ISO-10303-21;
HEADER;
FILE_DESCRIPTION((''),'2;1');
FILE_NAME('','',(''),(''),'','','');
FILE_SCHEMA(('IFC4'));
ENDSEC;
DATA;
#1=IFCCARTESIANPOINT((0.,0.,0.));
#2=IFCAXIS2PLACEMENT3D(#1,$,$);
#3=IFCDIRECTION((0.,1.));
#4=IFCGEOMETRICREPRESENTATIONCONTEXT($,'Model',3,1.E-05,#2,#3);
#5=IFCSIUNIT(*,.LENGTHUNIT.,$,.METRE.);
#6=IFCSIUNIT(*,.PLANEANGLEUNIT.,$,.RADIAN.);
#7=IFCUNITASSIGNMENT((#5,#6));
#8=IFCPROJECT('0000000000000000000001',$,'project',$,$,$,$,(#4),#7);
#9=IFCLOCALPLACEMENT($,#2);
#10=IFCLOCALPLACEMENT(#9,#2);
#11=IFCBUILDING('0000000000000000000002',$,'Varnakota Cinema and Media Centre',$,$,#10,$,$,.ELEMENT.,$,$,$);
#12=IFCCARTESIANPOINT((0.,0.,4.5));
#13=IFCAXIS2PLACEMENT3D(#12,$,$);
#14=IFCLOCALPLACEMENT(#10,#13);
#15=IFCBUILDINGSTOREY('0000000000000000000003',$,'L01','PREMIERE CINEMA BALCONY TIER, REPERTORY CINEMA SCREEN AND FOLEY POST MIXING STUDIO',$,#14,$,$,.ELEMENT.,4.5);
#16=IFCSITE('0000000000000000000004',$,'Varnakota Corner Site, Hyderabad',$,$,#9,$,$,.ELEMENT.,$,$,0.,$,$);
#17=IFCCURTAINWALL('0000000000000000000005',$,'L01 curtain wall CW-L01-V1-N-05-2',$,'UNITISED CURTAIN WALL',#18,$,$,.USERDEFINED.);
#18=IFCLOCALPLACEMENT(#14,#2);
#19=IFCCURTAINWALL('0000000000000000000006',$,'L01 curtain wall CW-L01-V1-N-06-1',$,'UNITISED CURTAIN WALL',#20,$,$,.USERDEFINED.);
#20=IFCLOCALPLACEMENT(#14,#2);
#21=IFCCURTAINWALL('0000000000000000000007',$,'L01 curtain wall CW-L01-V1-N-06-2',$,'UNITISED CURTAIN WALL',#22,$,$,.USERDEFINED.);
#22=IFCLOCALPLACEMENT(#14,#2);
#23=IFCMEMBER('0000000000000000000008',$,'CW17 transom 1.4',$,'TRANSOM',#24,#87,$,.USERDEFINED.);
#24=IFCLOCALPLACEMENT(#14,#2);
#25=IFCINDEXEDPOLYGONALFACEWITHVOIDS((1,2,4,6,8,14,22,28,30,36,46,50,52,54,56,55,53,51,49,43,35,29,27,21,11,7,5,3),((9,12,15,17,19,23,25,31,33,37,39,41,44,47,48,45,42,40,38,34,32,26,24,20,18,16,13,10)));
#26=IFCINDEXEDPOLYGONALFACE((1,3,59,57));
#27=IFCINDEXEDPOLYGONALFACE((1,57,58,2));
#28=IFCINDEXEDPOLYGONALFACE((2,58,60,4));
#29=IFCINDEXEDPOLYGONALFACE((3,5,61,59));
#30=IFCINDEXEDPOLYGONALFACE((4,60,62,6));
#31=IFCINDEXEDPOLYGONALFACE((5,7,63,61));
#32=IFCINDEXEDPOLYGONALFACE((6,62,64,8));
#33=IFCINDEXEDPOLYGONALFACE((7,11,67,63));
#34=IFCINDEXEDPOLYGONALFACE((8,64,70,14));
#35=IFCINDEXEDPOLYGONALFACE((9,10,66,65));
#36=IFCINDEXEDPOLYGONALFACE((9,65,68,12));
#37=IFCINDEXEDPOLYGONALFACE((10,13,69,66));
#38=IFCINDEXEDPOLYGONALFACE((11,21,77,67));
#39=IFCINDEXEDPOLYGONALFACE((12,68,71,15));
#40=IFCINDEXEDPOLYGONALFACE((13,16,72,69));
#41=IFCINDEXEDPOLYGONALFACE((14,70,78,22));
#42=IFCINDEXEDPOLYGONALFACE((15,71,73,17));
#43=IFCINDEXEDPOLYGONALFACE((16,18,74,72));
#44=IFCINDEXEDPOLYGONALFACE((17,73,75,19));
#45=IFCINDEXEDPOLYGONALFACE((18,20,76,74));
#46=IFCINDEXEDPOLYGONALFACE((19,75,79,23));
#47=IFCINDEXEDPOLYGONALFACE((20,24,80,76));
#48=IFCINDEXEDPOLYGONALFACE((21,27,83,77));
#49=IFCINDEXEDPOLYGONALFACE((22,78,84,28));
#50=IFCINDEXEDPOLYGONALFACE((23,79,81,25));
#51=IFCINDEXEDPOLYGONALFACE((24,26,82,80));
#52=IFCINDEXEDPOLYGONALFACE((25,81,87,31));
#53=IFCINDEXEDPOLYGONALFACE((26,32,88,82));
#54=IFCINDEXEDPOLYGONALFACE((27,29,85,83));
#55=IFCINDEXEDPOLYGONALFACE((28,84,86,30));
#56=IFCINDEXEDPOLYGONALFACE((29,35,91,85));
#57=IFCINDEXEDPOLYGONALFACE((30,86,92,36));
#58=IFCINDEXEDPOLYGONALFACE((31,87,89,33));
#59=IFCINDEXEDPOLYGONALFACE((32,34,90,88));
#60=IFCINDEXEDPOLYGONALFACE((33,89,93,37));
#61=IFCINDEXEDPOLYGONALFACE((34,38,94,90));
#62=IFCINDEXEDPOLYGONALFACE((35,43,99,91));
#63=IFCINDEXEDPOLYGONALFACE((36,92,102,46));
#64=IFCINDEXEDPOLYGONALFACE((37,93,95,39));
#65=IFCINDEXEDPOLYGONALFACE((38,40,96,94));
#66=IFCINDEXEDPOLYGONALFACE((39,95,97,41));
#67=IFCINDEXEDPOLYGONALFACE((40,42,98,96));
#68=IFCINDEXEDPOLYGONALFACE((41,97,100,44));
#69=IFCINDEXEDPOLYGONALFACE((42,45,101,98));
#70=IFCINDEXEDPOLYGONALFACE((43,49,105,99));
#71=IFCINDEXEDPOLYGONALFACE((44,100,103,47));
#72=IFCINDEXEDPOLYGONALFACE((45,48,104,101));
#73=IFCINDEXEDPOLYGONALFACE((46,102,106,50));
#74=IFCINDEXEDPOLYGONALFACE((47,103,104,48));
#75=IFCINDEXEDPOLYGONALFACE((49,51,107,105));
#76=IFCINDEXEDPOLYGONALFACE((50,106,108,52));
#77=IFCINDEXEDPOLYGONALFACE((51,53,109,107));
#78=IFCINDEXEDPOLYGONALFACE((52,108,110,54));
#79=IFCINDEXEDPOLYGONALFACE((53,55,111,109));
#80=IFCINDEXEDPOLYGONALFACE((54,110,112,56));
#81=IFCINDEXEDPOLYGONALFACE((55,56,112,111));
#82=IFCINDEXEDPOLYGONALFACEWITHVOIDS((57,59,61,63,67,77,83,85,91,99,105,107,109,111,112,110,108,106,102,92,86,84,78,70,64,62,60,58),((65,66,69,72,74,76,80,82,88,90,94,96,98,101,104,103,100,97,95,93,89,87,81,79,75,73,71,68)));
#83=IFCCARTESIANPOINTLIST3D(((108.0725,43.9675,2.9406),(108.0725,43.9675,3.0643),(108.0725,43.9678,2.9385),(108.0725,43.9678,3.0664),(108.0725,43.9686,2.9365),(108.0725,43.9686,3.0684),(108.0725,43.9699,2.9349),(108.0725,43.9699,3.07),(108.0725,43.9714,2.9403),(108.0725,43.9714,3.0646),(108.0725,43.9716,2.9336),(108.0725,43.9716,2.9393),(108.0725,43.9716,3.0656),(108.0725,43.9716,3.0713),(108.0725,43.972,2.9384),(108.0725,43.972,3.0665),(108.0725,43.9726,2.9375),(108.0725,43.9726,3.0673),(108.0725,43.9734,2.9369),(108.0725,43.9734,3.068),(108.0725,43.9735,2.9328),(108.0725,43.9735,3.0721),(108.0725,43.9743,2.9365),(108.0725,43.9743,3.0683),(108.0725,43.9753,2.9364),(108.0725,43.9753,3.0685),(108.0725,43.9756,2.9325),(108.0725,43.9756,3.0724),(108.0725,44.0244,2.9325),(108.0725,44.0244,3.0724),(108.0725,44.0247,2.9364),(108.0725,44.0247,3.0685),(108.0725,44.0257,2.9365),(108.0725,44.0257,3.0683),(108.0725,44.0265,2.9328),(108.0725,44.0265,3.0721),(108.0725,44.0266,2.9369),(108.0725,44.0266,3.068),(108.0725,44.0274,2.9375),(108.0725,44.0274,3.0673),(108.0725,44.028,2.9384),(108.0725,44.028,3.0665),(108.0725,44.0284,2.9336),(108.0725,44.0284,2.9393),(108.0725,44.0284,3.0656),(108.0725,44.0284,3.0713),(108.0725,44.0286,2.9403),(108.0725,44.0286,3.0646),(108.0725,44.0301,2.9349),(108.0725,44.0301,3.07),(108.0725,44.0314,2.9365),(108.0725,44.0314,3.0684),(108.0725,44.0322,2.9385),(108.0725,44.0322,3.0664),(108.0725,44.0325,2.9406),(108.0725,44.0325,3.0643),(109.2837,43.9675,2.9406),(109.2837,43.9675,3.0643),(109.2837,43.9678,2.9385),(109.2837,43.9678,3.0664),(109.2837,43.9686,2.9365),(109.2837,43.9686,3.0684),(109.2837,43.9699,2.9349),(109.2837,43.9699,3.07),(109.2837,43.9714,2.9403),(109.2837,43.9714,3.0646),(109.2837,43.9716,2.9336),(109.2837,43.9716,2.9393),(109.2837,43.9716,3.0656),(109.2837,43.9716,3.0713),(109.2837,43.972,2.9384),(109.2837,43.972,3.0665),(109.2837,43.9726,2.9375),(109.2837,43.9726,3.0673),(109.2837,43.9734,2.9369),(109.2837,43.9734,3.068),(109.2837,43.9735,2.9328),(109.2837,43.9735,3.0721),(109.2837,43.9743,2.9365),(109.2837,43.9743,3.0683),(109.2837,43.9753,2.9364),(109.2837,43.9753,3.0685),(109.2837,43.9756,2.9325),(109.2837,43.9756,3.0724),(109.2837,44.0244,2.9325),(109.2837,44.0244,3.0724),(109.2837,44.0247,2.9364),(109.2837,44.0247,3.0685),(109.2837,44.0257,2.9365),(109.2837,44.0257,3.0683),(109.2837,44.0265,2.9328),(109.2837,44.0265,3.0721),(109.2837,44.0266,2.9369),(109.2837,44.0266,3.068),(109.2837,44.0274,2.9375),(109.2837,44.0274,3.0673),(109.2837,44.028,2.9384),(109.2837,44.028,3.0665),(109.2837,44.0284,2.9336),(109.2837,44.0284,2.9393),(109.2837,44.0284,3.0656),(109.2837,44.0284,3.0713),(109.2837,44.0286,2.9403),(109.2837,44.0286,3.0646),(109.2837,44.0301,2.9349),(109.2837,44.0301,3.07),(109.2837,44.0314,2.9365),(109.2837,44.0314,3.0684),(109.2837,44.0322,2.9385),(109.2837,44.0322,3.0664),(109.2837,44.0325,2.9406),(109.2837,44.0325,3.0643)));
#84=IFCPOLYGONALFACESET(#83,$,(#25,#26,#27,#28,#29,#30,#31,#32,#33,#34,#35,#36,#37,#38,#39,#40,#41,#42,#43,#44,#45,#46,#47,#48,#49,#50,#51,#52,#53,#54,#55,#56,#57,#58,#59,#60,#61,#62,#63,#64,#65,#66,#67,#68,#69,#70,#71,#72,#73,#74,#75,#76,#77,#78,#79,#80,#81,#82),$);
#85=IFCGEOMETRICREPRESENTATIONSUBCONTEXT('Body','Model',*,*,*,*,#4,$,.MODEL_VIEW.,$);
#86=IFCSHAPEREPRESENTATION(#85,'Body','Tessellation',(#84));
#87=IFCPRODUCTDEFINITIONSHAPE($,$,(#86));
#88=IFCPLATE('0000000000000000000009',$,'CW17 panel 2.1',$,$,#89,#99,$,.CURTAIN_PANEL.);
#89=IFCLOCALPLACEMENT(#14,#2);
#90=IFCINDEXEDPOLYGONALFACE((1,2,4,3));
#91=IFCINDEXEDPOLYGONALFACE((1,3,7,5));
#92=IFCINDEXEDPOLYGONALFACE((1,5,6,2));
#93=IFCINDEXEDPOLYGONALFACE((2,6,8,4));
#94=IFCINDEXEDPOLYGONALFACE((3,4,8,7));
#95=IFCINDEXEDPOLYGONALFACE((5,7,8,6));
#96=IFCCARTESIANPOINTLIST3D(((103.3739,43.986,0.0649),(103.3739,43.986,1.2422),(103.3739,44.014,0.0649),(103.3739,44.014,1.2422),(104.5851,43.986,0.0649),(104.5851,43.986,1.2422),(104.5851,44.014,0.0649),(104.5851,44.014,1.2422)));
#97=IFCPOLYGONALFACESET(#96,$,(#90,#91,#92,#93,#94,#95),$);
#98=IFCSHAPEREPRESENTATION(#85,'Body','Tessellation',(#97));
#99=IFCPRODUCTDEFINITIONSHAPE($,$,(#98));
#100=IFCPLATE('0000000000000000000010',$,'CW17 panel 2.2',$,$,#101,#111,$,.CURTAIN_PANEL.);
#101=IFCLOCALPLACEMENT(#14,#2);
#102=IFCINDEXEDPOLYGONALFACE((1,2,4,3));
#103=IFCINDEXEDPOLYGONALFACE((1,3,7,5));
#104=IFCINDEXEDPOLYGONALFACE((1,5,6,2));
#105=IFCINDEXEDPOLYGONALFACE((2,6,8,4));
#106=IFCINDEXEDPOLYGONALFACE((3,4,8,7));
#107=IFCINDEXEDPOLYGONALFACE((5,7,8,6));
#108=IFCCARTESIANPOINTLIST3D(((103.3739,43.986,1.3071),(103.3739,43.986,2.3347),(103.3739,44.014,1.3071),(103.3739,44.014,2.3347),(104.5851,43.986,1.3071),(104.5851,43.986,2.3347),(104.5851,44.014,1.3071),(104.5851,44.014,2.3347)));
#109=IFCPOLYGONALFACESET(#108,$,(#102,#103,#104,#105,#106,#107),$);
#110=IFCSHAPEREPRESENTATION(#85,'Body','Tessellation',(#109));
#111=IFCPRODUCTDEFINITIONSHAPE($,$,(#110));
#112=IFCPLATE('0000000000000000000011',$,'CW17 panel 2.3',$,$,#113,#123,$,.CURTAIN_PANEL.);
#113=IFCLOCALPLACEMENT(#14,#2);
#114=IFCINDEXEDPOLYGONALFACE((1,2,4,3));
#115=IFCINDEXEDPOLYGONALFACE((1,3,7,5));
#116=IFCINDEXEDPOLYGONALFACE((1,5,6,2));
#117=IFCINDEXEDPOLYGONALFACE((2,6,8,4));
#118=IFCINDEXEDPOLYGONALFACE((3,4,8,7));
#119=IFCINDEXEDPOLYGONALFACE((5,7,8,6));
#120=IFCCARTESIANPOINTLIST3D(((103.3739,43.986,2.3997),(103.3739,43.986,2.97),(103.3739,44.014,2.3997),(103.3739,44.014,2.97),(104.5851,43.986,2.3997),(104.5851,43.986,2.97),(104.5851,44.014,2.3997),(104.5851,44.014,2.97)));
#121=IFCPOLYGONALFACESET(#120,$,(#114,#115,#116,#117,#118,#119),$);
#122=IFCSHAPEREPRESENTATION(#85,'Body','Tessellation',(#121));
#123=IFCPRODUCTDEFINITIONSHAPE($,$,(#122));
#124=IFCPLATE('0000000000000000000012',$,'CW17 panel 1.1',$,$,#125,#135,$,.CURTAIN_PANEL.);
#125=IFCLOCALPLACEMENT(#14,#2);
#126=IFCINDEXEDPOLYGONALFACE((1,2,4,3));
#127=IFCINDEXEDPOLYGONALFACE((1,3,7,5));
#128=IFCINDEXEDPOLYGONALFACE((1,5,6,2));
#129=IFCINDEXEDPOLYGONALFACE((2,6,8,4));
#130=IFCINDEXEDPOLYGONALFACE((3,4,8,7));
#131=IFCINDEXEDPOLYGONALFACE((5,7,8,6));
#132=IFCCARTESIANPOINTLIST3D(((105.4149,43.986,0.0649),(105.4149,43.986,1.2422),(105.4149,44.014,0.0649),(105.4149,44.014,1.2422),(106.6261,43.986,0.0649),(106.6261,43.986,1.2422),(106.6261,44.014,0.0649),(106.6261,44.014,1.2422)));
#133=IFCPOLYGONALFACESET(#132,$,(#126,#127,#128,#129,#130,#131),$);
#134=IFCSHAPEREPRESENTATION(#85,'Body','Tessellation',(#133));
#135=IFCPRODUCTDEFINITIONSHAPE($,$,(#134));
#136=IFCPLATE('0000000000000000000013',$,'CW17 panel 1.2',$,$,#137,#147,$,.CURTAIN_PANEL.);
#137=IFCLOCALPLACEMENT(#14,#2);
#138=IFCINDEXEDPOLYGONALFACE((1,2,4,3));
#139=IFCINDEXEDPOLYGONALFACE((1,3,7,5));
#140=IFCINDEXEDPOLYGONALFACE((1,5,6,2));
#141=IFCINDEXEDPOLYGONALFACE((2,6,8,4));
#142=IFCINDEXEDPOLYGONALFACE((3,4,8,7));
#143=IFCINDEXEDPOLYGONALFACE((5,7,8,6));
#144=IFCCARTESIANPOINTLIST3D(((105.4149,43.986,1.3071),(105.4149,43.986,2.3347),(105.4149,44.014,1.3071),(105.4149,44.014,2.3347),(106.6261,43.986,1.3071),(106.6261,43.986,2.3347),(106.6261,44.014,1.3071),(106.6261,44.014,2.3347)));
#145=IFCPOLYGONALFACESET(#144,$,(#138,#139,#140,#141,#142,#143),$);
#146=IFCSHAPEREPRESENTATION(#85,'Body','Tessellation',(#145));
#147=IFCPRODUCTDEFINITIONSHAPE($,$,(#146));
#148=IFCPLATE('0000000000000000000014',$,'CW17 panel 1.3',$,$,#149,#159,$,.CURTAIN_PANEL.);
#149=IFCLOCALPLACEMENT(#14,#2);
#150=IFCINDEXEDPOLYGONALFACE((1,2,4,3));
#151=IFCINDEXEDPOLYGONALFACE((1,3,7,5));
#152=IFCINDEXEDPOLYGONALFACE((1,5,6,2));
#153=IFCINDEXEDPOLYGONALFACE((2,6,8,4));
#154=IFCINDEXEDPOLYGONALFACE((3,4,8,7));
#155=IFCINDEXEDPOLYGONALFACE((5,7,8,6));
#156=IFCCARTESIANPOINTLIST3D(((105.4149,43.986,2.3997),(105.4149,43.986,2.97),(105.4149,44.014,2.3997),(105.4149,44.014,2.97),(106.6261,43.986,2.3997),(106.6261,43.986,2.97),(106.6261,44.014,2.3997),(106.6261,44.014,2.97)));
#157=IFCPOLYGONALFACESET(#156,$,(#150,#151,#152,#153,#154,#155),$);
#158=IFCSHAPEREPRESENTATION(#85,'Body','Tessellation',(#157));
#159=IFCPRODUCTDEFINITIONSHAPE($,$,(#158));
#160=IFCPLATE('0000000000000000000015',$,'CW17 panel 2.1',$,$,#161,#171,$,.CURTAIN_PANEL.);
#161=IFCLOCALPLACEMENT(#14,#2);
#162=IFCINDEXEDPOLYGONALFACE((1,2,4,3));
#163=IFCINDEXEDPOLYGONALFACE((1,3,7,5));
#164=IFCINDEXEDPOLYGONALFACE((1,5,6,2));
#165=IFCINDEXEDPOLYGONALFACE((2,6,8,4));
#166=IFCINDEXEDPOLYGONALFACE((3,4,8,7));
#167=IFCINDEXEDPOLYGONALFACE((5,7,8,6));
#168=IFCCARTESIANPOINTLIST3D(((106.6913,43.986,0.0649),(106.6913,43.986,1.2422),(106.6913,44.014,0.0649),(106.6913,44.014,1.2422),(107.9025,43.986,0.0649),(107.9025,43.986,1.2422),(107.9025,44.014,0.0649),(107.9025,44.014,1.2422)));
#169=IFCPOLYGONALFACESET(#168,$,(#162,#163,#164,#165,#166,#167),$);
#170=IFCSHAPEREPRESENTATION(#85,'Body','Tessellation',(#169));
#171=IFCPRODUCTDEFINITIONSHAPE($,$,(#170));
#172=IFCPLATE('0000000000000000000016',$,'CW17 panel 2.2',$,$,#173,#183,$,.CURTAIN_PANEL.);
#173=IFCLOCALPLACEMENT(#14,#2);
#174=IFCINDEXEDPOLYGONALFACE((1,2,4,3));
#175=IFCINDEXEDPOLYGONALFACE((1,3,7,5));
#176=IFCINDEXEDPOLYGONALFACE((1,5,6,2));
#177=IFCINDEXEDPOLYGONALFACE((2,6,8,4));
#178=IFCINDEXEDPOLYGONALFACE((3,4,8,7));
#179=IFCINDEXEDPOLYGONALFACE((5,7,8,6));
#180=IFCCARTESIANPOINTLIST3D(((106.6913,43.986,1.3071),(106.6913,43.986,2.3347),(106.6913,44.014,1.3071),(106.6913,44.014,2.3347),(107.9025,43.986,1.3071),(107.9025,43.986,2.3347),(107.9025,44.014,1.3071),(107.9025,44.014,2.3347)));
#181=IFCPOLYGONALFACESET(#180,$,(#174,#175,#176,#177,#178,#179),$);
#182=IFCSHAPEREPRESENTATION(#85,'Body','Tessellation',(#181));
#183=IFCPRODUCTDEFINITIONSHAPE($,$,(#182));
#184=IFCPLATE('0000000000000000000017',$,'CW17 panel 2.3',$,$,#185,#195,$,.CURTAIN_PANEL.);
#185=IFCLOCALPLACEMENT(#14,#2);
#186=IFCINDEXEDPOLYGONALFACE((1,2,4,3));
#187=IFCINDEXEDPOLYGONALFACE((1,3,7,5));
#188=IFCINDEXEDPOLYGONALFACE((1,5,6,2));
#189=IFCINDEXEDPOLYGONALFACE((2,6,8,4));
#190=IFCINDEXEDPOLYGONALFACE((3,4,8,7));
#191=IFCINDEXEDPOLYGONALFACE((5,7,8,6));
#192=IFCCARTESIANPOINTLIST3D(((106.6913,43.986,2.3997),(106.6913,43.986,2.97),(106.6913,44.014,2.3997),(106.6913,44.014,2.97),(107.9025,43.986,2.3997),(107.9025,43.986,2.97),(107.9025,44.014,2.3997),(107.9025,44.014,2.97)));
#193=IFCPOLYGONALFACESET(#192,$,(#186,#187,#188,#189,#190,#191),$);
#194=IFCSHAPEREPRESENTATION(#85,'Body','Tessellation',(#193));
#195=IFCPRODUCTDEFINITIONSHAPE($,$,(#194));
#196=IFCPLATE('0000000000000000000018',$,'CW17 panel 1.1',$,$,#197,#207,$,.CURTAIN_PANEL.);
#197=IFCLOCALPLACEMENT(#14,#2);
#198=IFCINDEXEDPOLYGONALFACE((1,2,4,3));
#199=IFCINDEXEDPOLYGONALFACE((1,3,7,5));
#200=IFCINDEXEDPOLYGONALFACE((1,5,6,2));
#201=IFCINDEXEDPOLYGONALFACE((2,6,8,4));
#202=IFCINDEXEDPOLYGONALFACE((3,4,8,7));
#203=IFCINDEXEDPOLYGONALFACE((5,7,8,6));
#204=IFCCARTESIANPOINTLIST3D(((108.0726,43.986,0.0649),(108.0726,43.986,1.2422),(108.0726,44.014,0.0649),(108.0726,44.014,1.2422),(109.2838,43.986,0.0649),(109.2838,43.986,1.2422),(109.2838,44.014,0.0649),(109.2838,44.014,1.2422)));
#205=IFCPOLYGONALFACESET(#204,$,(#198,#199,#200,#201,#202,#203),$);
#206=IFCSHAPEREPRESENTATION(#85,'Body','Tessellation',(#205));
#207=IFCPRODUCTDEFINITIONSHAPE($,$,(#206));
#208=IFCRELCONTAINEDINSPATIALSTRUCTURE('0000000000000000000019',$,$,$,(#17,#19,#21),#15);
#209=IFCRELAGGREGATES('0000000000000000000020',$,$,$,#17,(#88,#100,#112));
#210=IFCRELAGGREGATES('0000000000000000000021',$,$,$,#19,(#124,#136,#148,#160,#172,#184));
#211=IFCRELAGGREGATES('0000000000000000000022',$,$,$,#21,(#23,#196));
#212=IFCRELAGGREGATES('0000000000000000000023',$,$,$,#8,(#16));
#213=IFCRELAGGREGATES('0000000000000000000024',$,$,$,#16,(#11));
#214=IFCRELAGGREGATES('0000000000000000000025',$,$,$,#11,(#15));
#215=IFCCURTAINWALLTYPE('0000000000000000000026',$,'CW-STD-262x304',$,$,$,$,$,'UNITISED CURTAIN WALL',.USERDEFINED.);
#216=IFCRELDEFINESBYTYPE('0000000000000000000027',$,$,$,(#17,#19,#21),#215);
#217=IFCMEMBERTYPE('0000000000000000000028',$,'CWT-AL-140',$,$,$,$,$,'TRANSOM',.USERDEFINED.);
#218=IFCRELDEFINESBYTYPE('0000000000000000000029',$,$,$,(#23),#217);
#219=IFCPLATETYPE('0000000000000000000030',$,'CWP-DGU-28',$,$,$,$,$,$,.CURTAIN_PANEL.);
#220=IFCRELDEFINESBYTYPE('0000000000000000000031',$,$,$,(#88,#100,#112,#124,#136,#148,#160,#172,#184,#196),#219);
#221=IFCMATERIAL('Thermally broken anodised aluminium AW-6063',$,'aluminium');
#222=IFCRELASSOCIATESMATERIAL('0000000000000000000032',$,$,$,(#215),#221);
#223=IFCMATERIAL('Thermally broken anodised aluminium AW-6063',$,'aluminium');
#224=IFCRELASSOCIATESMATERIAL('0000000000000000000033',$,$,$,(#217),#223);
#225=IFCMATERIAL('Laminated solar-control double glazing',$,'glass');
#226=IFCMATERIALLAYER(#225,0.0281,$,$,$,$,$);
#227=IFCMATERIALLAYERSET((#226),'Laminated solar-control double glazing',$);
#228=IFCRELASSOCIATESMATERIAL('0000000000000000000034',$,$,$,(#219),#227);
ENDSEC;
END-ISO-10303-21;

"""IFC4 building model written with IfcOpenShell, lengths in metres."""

from ifc_helpers import new_model, si_unit, direction, frame, origin, origin_2d, place, context, subcontext, project, spatial, rectangle, hollow_rectangle, extrude, material, layer, layer_set, material_profile, profile_set, type_object, element, aggregate, save


model = new_model("IFC4")

# Units and contexts
model_context = context("Model", 3, precision=1e-05, world=origin(), true_north=direction((0.0, 1.0)))
body_context = subcontext(model_context, "Body", "Model", "MODEL_VIEW")
ifc_project = project(units=[si_unit("LENGTHUNIT", "METRE"), si_unit("PLANEANGLEUNIT", "RADIAN")], contexts=[model_context])

# Site, building, storey
site_placement = place(None, origin())
site = spatial("IfcSite", under=ifc_project, at=site_placement, Name="Varnakota Corner Site, Hyderabad", CompositionType="ELEMENT", RefElevation=0.0)
building_placement = place(site_placement, origin())
building = spatial("IfcBuilding", under=site, at=building_placement, Name="Varnakota Cinema and Media Centre", CompositionType="ELEMENT")
storey_placement = place(building_placement, frame((0.0, 0.0, 4.5)))
storey = spatial("IfcBuildingStorey", under=building, at=storey_placement, Name="L01", Description="PREMIERE CINEMA BALCONY TIER, REPERTORY CINEMA SCREEN AND FOLEY POST MIXING STUDIO", CompositionType="ELEMENT", Elevation=4.5)

# Curtain wall
ifc_material_1 = material(Name="Thermally broken anodised aluminium AW-6063", Category="aluminium")
curtain_wall_type = type_object("IfcCurtainWallType", Name="CW-STD-262x304", ElementType="UNITISED CURTAIN WALL", PredefinedType="USERDEFINED", material=ifc_material_1)
curtain_wall_1_placement = place(storey_placement, origin())
curtain_wall_1 = element("IfcCurtainWall", 1, at=curtain_wall_1_placement, inside=storey, type_object=curtain_wall_type, Name="L01 curtain wall CW-L01-V1-N-05-2", ObjectType="UNITISED CURTAIN WALL", PredefinedType="USERDEFINED")

# Curtain wall
curtain_wall_2_placement = place(storey_placement, origin())
curtain_wall_2 = element("IfcCurtainWall", 2, at=curtain_wall_2_placement, inside=storey, type_object=curtain_wall_type, Name="L01 curtain wall CW-L01-V1-N-06-1", ObjectType="UNITISED CURTAIN WALL", PredefinedType="USERDEFINED")

# Curtain wall
curtain_wall_3_placement = place(storey_placement, origin())
curtain_wall_3 = element("IfcCurtainWall", 3, at=curtain_wall_3_placement, inside=storey, type_object=curtain_wall_type, Name="L01 curtain wall CW-L01-V1-N-06-2", ObjectType="UNITISED CURTAIN WALL", PredefinedType="USERDEFINED")

# Member
ifc_material_2 = material(Name="Thermally broken anodised aluminium AW-6063", Category="aluminium")
ifc_material_profile_1 = material_profile(ifc_material_2, hollow_rectangle(XDim=0.0649, YDim=0.1399, WallThickness=0.0039, InnerFilletRadius=0.0039, OuterFilletRadius=0.0081, at=origin_2d()), Name="AL-TRANSOM 140x65x4")
ifc_profile_set_1 = profile_set([ifc_material_profile_1], Name="Thermally broken anodised aluminium AW-6063")
member_type_1 = type_object("IfcMemberType", Name="CWT-AL-140", ElementType="TRANSOM", PredefinedType="USERDEFINED", material=ifc_profile_set_1)
member_1_placement = place(storey_placement, frame((108.0725, 44.0, 3.0024), z_axis=(1.0, 0.0, 0.0), x_axis=(0.0, 1.0, 0.0)))
member_1 = element("IfcMember", 4, at=member_1_placement, type_object=member_type_1, Name="CW17 transom 1.4", ObjectType="TRANSOM", PredefinedType="USERDEFINED", context=body_context, shape_type="SweptSolid", body=[
    extrude(hollow_rectangle(XDim=0.0649, YDim=0.1399, WallThickness=0.0039, InnerFilletRadius=0.0039, OuterFilletRadius=0.0081, at=origin_2d()), origin(), (0.0, 0.0, 1.0), 1.2112),
])

# Plates
ifc_material_3 = material(Name="Laminated solar-control double glazing", Category="glass")
ifc_layer = layer(ifc_material_3, 0.0281)
ifc_layer_set = layer_set([ifc_layer], Name="Laminated solar-control double glazing")
plate_type = type_object("IfcPlateType", Name="CWP-DGU-28", PredefinedType="CURTAIN_PANEL", material=ifc_layer_set)
plate_1_placement = place(storey_placement, frame((103.9795, 44.0, 0.0649), z_axis=(0.0, 0.0, 1.0), x_axis=(1.0, 0.0, 0.0)))
plate_1 = element("IfcPlate", 5, at=plate_1_placement, type_object=plate_type, Name="CW17 panel 2.1", PredefinedType="CURTAIN_PANEL", context=body_context, shape_type="SweptSolid", body=[
    extrude(rectangle(XDim=1.2112, YDim=0.0281, at=origin_2d()), origin(), (0.0, 0.0, 1.0), 1.1772),
])
plate_2_placement = place(storey_placement, frame((103.9795, 44.0, 1.3071), z_axis=(0.0, 0.0, 1.0), x_axis=(1.0, 0.0, 0.0)))
plate_2 = element("IfcPlate", 6, at=plate_2_placement, type_object=plate_type, Name="CW17 panel 2.2", PredefinedType="CURTAIN_PANEL", context=body_context, shape_type="SweptSolid", body=[
    extrude(rectangle(XDim=1.2112, YDim=0.0281, at=origin_2d()), origin(), (0.0, 0.0, 1.0), 1.0276),
])
plate_3_placement = place(storey_placement, frame((103.9795, 44.0, 2.3997), z_axis=(0.0, 0.0, 1.0), x_axis=(1.0, 0.0, 0.0)))
plate_3 = element("IfcPlate", 7, at=plate_3_placement, type_object=plate_type, Name="CW17 panel 2.3", PredefinedType="CURTAIN_PANEL", context=body_context, shape_type="SweptSolid", body=[
    extrude(rectangle(XDim=1.2112, YDim=0.0281, at=origin_2d()), origin(), (0.0, 0.0, 1.0), 0.5703),
])
aggregate(curtain_wall_1, [plate_1, plate_2, plate_3])
plate_4_placement = place(storey_placement, frame((106.0205, 44.0, 0.0649), z_axis=(0.0, 0.0, 1.0), x_axis=(1.0, 0.0, 0.0)))
plate_4 = element("IfcPlate", 8, at=plate_4_placement, type_object=plate_type, Name="CW17 panel 1.1", PredefinedType="CURTAIN_PANEL", context=body_context, shape_type="SweptSolid", body=[
    extrude(rectangle(XDim=1.2112, YDim=0.0281, at=origin_2d()), origin(), (0.0, 0.0, 1.0), 1.1772),
])
plate_5_placement = place(storey_placement, frame((106.0205, 44.0, 1.3071), z_axis=(0.0, 0.0, 1.0), x_axis=(1.0, 0.0, 0.0)))
plate_5 = element("IfcPlate", 9, at=plate_5_placement, type_object=plate_type, Name="CW17 panel 1.2", PredefinedType="CURTAIN_PANEL", context=body_context, shape_type="SweptSolid", body=[
    extrude(rectangle(XDim=1.2112, YDim=0.0281, at=origin_2d()), origin(), (0.0, 0.0, 1.0), 1.0276),
])
plate_6_placement = place(storey_placement, frame((106.0205, 44.0, 2.3997), z_axis=(0.0, 0.0, 1.0), x_axis=(1.0, 0.0, 0.0)))
plate_6 = element("IfcPlate", 10, at=plate_6_placement, type_object=plate_type, Name="CW17 panel 1.3", PredefinedType="CURTAIN_PANEL", context=body_context, shape_type="SweptSolid", body=[
    extrude(rectangle(XDim=1.2112, YDim=0.0281, at=origin_2d()), origin(), (0.0, 0.0, 1.0), 0.5703),
])
plate_7_placement = place(storey_placement, frame((107.2969, 44.0, 0.0649), z_axis=(0.0, 0.0, 1.0), x_axis=(1.0, 0.0, 0.0)))
plate_7 = element("IfcPlate", 11, at=plate_7_placement, type_object=plate_type, Name="CW17 panel 2.1", PredefinedType="CURTAIN_PANEL", context=body_context, shape_type="SweptSolid", body=[
    extrude(rectangle(XDim=1.2112, YDim=0.0281, at=origin_2d()), origin(), (0.0, 0.0, 1.0), 1.1772),
])
plate_8_placement = place(storey_placement, frame((107.2969, 44.0, 1.3071), z_axis=(0.0, 0.0, 1.0), x_axis=(1.0, 0.0, 0.0)))
plate_8 = element("IfcPlate", 12, at=plate_8_placement, type_object=plate_type, Name="CW17 panel 2.2", PredefinedType="CURTAIN_PANEL", context=body_context, shape_type="SweptSolid", body=[
    extrude(rectangle(XDim=1.2112, YDim=0.0281, at=origin_2d()), origin(), (0.0, 0.0, 1.0), 1.0276),
])
plate_9_placement = place(storey_placement, frame((107.2969, 44.0, 2.3997), z_axis=(0.0, 0.0, 1.0), x_axis=(1.0, 0.0, 0.0)))
plate_9 = element("IfcPlate", 13, at=plate_9_placement, type_object=plate_type, Name="CW17 panel 2.3", PredefinedType="CURTAIN_PANEL", context=body_context, shape_type="SweptSolid", body=[
    extrude(rectangle(XDim=1.2112, YDim=0.0281, at=origin_2d()), origin(), (0.0, 0.0, 1.0), 0.5703),
])
aggregate(curtain_wall_2, [plate_4, plate_5, plate_6, plate_7, plate_8, plate_9])
plate_10_placement = place(storey_placement, frame((108.6782, 44.0, 0.0649), z_axis=(0.0, 0.0, 1.0), x_axis=(1.0, 0.0, 0.0)))
plate_10 = element("IfcPlate", 14, at=plate_10_placement, type_object=plate_type, Name="CW17 panel 1.1", PredefinedType="CURTAIN_PANEL", context=body_context, shape_type="SweptSolid", body=[
    extrude(rectangle(XDim=1.2112, YDim=0.0281, at=origin_2d()), origin(), (0.0, 0.0, 1.0), 1.1772),
])
aggregate(curtain_wall_3, [member_1, plate_10])

save(model, "model.ifc")
